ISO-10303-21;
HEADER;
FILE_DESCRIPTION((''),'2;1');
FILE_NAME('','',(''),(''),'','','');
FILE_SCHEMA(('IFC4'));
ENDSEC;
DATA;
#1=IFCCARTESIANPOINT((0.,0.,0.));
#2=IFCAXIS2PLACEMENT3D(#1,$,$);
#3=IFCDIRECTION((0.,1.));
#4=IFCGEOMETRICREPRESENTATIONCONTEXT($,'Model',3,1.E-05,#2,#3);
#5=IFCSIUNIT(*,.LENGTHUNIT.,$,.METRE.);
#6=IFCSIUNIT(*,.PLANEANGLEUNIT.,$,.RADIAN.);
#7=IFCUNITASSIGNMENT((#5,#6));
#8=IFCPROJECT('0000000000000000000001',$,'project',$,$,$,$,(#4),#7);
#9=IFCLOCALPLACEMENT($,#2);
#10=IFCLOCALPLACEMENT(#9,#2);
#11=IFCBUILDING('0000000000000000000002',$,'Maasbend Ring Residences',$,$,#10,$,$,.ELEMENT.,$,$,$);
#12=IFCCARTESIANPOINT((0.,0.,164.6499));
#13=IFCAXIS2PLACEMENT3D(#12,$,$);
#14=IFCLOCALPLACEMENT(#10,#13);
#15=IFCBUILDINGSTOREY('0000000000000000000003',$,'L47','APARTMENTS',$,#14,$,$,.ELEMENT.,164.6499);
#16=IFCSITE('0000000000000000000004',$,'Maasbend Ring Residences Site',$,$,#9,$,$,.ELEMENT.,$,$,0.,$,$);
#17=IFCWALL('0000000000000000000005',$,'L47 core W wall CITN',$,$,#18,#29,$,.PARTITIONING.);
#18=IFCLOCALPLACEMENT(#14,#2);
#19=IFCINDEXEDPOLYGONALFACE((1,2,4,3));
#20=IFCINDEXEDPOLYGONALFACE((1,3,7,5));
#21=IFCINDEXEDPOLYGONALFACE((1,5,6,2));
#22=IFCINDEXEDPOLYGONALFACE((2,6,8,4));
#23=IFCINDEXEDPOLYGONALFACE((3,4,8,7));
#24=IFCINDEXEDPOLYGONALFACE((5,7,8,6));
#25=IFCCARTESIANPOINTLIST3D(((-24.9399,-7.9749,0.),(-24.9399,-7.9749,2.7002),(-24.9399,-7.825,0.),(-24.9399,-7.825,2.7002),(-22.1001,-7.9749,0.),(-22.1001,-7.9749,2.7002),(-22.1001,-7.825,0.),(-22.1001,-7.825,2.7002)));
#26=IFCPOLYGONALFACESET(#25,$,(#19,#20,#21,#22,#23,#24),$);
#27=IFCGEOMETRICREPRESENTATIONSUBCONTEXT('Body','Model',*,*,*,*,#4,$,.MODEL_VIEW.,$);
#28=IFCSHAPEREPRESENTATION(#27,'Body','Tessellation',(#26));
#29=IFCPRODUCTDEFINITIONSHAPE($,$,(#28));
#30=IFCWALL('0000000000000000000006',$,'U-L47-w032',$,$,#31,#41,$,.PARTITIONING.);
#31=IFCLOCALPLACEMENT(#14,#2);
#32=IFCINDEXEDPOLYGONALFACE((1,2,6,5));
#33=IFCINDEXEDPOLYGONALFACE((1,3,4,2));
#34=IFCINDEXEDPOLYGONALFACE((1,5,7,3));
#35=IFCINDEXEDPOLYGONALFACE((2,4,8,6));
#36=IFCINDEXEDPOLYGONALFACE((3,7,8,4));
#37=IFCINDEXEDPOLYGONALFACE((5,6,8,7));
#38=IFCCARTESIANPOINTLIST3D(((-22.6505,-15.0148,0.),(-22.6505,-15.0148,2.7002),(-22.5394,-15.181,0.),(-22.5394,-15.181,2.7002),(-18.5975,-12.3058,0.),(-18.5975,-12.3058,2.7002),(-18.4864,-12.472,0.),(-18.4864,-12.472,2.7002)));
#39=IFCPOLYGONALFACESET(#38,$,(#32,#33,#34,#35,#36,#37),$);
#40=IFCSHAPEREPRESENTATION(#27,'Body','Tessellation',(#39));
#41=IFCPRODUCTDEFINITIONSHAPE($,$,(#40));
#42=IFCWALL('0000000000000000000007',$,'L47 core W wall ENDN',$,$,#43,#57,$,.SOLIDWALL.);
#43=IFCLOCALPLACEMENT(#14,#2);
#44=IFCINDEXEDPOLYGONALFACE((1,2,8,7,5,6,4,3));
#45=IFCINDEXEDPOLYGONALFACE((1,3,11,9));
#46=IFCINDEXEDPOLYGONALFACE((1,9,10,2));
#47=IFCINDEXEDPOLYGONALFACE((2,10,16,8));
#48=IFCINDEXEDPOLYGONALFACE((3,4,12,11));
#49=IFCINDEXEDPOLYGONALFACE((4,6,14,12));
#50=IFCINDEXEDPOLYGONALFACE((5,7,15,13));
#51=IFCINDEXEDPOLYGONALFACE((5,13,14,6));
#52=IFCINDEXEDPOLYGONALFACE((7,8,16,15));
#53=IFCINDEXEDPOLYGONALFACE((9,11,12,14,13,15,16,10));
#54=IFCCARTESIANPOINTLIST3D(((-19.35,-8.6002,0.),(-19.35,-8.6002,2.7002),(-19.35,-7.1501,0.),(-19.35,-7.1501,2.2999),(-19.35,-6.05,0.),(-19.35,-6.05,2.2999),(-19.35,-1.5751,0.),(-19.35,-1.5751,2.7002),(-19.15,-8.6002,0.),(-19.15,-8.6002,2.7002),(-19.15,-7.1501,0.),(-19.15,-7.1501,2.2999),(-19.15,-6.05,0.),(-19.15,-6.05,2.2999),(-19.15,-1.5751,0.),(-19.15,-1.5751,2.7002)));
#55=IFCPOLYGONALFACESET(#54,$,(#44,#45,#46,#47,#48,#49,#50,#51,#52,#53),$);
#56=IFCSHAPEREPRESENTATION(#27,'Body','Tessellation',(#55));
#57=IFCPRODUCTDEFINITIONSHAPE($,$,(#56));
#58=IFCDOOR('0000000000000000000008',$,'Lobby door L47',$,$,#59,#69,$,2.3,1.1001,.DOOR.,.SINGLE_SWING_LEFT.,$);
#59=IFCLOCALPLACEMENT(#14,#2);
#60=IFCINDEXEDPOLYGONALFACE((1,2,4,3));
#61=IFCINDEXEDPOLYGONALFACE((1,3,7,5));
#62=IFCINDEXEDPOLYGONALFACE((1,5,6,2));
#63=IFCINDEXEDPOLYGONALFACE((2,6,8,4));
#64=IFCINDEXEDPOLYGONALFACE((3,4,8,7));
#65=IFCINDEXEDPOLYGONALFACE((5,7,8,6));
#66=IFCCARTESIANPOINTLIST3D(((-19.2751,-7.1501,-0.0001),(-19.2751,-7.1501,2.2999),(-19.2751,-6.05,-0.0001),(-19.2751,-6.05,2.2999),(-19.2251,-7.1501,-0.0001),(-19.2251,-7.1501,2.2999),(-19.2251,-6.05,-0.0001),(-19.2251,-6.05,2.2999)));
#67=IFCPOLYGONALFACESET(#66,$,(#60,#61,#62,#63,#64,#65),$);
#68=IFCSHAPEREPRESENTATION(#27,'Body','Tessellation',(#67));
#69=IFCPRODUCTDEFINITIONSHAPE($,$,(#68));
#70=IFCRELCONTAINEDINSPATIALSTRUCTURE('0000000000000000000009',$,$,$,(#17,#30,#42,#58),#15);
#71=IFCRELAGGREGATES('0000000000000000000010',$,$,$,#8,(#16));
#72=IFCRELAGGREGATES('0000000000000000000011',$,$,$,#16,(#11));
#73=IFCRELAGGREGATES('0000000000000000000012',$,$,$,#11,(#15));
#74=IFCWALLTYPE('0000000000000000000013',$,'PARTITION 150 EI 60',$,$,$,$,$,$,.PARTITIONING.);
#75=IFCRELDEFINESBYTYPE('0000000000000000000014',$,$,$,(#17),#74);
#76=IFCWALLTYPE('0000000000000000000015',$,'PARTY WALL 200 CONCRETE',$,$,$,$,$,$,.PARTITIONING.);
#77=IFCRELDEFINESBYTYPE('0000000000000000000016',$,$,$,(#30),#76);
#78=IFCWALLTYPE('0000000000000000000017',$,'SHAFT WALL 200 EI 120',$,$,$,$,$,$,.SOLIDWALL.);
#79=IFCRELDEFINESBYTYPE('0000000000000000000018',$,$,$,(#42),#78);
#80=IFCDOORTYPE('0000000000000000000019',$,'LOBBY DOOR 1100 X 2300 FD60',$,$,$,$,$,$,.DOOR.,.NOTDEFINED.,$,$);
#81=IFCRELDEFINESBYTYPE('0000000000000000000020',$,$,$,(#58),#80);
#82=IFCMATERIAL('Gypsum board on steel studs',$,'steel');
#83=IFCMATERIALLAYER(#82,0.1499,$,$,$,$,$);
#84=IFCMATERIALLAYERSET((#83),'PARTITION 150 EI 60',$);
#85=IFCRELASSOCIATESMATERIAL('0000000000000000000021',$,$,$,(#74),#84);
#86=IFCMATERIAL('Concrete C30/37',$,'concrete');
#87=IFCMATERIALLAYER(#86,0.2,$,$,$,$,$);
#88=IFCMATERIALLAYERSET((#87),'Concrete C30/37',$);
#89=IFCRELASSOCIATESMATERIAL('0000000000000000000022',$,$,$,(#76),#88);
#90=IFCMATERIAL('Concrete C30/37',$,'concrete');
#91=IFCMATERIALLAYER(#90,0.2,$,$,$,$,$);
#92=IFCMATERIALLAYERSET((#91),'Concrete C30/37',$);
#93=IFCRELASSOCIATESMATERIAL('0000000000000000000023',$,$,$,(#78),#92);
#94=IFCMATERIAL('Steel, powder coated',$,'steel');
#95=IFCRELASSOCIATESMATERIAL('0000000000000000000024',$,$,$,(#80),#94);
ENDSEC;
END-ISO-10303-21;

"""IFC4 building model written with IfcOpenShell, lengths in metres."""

from ifc_helpers import new_model, si_unit, direction, frame, frame_2d, origin, place, context, subcontext, project, spatial, rectangle, extrude, material, layer, layer_set, type_object, element, fill, save


model = new_model("IFC4")

# Units and contexts
model_context = context("Model", 3, precision=1e-05, world=origin(), true_north=direction((0.0, 1.0)))
body_context = subcontext(model_context, "Body", "Model", "MODEL_VIEW")
ifc_project = project(units=[si_unit("LENGTHUNIT", "METRE"), si_unit("PLANEANGLEUNIT", "RADIAN")], contexts=[model_context])

# Site, building, storey
site_placement = place(None, origin())
site = spatial("IfcSite", under=ifc_project, at=site_placement, Name="Maasbend Ring Residences Site", CompositionType="ELEMENT", RefElevation=0.0)
building_placement = place(site_placement, origin())
building = spatial("IfcBuilding", under=site, at=building_placement, Name="Maasbend Ring Residences", CompositionType="ELEMENT")
storey_placement = place(building_placement, frame((0.0, 0.0, 164.6499)))
storey = spatial("IfcBuildingStorey", under=building, at=storey_placement, Name="L47", Description="APARTMENTS", CompositionType="ELEMENT", Elevation=164.6499)

# Walls
ifc_material_1 = material(Name="Gypsum board on steel studs", Category="steel")
ifc_layer_1 = layer(ifc_material_1, 0.1499)
ifc_layer_set_1 = layer_set([ifc_layer_1], Name="PARTITION 150 EI 60")
wall_type_1 = type_object("IfcWallType", Name="PARTITION 150 EI 60", PredefinedType="PARTITIONING", material=ifc_layer_set_1)
wall_1_placement = place(storey_placement, frame((-22.1001, -7.8999, 0.0), z_axis=(0.0, 0.0, 1.0), x_axis=(-1.0, 0.0, 0.0)))
element("IfcWall", 1, at=wall_1_placement, inside=storey, type_object=wall_type_1, Name="L47 core W wall CITN", PredefinedType="PARTITIONING", context=body_context, shape_type="SweptSolid", body=[
    extrude(rectangle(XDim=2.8398, YDim=0.1499, at=frame_2d((1.4199, 0.0))), origin(), (0.0, 0.0, 1.0), 2.7002),
])
ifc_material_2 = material(Name="Concrete C30/37", Category="concrete")
ifc_layer_2 = layer(ifc_material_2, 0.2)
ifc_layer_set_2 = layer_set([ifc_layer_2], Name="Concrete C30/37")
wall_type_2 = type_object("IfcWallType", Name="PARTY WALL 200 CONCRETE", PredefinedType="PARTITIONING", material=ifc_layer_set_2)
wall_2_placement = place(storey_placement, frame((-22.595, -15.0979, 0.0), z_axis=(0.0, 0.0, 1.0), x_axis=(0.831387, 0.555694, 0.0)))
element("IfcWall", 2, at=wall_2_placement, inside=storey, type_object=wall_type_2, Name="U-L47-w032", PredefinedType="PARTITIONING", context=body_context, shape_type="SweptSolid", body=[
    extrude(rectangle(XDim=4.875, YDim=0.2, at=frame_2d((2.4375, 0.0))), origin(), (0.0, 0.0, 1.0), 2.7002),
])

# Wall, opening, door
ifc_material_3 = material(Name="Concrete C30/37", Category="concrete")
ifc_layer_3 = layer(ifc_material_3, 0.2)
ifc_layer_set_3 = layer_set([ifc_layer_3], Name="Concrete C30/37")
wall_type_3 = type_object("IfcWallType", Name="SHAFT WALL 200 EI 120", PredefinedType="SOLIDWALL", material=ifc_layer_set_3)
wall_3_placement = place(storey_placement, frame((-19.25, -1.575, 0.0), z_axis=(0.0, 0.0, 1.0), x_axis=(0.0, -1.0, 0.0)))
wall_3 = element("IfcWall", 3, at=wall_3_placement, inside=storey, type_object=wall_type_3, Name="L47 core W wall ENDN", PredefinedType="SOLIDWALL", context=body_context, shape_type="SweptSolid", body=[
    extrude(rectangle(XDim=7.0251, YDim=0.2, at=frame_2d((3.5127, 0.0))), origin(), (0.0, 0.0, 1.0), 2.7002),
])
opening_1_placement = place(wall_3_placement, frame((4.4751, 0.0, 0.0)))
opening_1 = element("IfcOpeningElement", 4, at=opening_1_placement, cuts=wall_3, PredefinedType="OPENING", context=body_context, shape_type="SweptSolid", body=[
    extrude(rectangle(XDim=1.1001, YDim=2.3, at=frame_2d((0.55, 1.1499))), frame((0.0, 0.1099, 0.0), z_axis=(0.0, -1.0, 0.0), x_axis=(1.0, 0.0, 0.0)), (0.0, 0.0, 1.0), 0.22),
])
ifc_material_4 = material(Name="Steel, powder coated", Category="steel")
door_type_1 = type_object("IfcDoorType", Name="LOBBY DOOR 1100 X 2300 FD60", OperationType="NOTDEFINED", PredefinedType="DOOR", material=ifc_material_4)
door_1_placement = place(opening_1_placement, origin())
door_1 = element("IfcDoor", 5, at=door_1_placement, inside=storey, type_object=door_type_1, Name="Lobby door L47", OperationType="SINGLE_SWING_LEFT", OverallHeight=2.3, OverallWidth=1.1001, PredefinedType="DOOR", context=body_context, shape_type="SweptSolid", body=[
    extrude(rectangle(XDim=1.1001, YDim=2.3, at=frame_2d((0.55, 1.1499))), frame((0.0, 0.0249, 0.0), z_axis=(0.0, -1.0, 0.0), x_axis=(1.0, 0.0, 0.0)), (0.0, 0.0, 1.0), 0.05),
])
fill(opening_1, door_1)

save(model, "model.ifc")
